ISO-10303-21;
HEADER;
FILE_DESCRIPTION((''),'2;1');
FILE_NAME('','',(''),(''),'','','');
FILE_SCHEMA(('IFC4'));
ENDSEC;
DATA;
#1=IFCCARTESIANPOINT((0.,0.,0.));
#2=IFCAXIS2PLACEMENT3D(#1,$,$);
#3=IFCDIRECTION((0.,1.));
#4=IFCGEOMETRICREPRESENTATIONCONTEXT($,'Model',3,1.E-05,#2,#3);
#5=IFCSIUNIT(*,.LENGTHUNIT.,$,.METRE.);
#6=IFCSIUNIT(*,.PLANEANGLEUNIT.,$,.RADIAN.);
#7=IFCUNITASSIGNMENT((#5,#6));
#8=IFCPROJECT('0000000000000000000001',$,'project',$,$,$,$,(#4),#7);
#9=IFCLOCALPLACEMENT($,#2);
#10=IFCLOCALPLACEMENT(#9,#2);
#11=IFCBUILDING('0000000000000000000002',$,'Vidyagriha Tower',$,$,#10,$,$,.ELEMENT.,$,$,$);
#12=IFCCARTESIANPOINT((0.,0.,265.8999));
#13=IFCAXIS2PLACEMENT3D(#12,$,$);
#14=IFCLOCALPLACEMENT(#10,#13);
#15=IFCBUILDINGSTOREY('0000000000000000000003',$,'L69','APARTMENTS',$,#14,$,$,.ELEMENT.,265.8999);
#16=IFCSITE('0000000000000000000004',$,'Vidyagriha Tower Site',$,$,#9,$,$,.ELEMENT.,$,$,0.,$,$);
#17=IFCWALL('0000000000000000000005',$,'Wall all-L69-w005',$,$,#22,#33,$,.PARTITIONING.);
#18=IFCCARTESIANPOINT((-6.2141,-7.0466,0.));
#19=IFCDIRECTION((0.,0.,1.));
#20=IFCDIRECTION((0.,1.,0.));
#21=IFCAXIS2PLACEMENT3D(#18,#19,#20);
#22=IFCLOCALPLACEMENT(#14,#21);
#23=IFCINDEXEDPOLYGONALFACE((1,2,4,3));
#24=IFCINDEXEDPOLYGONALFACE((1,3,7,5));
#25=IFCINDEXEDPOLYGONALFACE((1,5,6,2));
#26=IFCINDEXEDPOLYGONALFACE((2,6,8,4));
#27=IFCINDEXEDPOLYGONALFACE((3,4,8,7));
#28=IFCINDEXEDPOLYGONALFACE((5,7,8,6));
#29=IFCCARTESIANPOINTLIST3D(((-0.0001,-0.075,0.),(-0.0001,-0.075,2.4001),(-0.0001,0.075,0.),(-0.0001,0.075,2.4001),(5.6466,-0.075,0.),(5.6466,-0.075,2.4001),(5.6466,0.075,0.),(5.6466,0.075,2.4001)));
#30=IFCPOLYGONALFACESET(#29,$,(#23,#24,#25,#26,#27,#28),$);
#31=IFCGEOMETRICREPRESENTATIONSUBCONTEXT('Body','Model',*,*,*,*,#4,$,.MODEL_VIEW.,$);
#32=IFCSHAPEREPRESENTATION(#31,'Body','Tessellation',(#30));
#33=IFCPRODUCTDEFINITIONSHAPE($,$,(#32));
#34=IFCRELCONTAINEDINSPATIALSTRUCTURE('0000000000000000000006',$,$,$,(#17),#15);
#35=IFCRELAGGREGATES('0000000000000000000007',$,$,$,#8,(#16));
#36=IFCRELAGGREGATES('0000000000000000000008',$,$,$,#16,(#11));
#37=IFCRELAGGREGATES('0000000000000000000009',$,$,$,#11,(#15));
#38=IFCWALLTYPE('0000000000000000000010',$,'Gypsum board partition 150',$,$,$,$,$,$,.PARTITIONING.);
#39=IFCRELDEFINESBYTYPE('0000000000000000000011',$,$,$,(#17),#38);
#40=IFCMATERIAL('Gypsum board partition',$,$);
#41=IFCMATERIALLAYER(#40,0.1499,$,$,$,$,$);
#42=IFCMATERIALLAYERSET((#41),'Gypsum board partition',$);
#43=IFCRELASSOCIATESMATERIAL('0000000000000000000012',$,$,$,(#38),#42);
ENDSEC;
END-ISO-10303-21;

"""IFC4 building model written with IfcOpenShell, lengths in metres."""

from ifc_helpers import new_model, si_unit, direction, frame, frame_2d, origin, place, context, subcontext, project, spatial, rectangle, extrude, material, layer, layer_set, type_object, element, save


model = new_model("IFC4")

# Units and contexts
model_context = context("Model", 3, precision=1e-05, world=origin(), true_north=direction((0.0, 1.0)))
body_context = subcontext(model_context, "Body", "Model", "MODEL_VIEW")
ifc_project = project(units=[si_unit("LENGTHUNIT", "METRE"), si_unit("PLANEANGLEUNIT", "RADIAN")], contexts=[model_context])

# Site, building, storey
site_placement = place(None, origin())
site = spatial("IfcSite", under=ifc_project, at=site_placement, Name="Vidyagriha Tower Site", CompositionType="ELEMENT", RefElevation=0.0)
building_placement = place(site_placement, origin())
building = spatial("IfcBuilding", under=site, at=building_placement, Name="Vidyagriha Tower", CompositionType="ELEMENT")
storey_placement = place(building_placement, frame((0.0, 0.0, 265.8999)))
storey = spatial("IfcBuildingStorey", under=building, at=storey_placement, Name="L69", Description="APARTMENTS", CompositionType="ELEMENT", Elevation=265.8999)

# Wall
ifc_material_1 = material(Name="Gypsum board partition")
ifc_layer_1 = layer(ifc_material_1, 0.1499)
ifc_layer_set_1 = layer_set([ifc_layer_1], Name="Gypsum board partition")
wall_type_1 = type_object("IfcWallType", Name="Gypsum board partition 150", PredefinedType="PARTITIONING", material=ifc_layer_set_1)
wall_1_placement = place(storey_placement, frame((-6.2141, -7.0466, 0.0), z_axis=(0.0, 0.0, 1.0), x_axis=(0.0, 1.0, 0.0)))
element("IfcWall", 1, at=wall_1_placement, inside=storey, type_object=wall_type_1, Name="Wall all-L69-w005", PredefinedType="PARTITIONING", context=body_context, shape_type="SweptSolid", body=[
    extrude(rectangle(XDim=5.6467, YDim=0.1499, at=frame_2d((2.8232, 0.0))), origin(), (0.0, 0.0, 1.0), 2.4001),
])

save(model, "model.ifc")
